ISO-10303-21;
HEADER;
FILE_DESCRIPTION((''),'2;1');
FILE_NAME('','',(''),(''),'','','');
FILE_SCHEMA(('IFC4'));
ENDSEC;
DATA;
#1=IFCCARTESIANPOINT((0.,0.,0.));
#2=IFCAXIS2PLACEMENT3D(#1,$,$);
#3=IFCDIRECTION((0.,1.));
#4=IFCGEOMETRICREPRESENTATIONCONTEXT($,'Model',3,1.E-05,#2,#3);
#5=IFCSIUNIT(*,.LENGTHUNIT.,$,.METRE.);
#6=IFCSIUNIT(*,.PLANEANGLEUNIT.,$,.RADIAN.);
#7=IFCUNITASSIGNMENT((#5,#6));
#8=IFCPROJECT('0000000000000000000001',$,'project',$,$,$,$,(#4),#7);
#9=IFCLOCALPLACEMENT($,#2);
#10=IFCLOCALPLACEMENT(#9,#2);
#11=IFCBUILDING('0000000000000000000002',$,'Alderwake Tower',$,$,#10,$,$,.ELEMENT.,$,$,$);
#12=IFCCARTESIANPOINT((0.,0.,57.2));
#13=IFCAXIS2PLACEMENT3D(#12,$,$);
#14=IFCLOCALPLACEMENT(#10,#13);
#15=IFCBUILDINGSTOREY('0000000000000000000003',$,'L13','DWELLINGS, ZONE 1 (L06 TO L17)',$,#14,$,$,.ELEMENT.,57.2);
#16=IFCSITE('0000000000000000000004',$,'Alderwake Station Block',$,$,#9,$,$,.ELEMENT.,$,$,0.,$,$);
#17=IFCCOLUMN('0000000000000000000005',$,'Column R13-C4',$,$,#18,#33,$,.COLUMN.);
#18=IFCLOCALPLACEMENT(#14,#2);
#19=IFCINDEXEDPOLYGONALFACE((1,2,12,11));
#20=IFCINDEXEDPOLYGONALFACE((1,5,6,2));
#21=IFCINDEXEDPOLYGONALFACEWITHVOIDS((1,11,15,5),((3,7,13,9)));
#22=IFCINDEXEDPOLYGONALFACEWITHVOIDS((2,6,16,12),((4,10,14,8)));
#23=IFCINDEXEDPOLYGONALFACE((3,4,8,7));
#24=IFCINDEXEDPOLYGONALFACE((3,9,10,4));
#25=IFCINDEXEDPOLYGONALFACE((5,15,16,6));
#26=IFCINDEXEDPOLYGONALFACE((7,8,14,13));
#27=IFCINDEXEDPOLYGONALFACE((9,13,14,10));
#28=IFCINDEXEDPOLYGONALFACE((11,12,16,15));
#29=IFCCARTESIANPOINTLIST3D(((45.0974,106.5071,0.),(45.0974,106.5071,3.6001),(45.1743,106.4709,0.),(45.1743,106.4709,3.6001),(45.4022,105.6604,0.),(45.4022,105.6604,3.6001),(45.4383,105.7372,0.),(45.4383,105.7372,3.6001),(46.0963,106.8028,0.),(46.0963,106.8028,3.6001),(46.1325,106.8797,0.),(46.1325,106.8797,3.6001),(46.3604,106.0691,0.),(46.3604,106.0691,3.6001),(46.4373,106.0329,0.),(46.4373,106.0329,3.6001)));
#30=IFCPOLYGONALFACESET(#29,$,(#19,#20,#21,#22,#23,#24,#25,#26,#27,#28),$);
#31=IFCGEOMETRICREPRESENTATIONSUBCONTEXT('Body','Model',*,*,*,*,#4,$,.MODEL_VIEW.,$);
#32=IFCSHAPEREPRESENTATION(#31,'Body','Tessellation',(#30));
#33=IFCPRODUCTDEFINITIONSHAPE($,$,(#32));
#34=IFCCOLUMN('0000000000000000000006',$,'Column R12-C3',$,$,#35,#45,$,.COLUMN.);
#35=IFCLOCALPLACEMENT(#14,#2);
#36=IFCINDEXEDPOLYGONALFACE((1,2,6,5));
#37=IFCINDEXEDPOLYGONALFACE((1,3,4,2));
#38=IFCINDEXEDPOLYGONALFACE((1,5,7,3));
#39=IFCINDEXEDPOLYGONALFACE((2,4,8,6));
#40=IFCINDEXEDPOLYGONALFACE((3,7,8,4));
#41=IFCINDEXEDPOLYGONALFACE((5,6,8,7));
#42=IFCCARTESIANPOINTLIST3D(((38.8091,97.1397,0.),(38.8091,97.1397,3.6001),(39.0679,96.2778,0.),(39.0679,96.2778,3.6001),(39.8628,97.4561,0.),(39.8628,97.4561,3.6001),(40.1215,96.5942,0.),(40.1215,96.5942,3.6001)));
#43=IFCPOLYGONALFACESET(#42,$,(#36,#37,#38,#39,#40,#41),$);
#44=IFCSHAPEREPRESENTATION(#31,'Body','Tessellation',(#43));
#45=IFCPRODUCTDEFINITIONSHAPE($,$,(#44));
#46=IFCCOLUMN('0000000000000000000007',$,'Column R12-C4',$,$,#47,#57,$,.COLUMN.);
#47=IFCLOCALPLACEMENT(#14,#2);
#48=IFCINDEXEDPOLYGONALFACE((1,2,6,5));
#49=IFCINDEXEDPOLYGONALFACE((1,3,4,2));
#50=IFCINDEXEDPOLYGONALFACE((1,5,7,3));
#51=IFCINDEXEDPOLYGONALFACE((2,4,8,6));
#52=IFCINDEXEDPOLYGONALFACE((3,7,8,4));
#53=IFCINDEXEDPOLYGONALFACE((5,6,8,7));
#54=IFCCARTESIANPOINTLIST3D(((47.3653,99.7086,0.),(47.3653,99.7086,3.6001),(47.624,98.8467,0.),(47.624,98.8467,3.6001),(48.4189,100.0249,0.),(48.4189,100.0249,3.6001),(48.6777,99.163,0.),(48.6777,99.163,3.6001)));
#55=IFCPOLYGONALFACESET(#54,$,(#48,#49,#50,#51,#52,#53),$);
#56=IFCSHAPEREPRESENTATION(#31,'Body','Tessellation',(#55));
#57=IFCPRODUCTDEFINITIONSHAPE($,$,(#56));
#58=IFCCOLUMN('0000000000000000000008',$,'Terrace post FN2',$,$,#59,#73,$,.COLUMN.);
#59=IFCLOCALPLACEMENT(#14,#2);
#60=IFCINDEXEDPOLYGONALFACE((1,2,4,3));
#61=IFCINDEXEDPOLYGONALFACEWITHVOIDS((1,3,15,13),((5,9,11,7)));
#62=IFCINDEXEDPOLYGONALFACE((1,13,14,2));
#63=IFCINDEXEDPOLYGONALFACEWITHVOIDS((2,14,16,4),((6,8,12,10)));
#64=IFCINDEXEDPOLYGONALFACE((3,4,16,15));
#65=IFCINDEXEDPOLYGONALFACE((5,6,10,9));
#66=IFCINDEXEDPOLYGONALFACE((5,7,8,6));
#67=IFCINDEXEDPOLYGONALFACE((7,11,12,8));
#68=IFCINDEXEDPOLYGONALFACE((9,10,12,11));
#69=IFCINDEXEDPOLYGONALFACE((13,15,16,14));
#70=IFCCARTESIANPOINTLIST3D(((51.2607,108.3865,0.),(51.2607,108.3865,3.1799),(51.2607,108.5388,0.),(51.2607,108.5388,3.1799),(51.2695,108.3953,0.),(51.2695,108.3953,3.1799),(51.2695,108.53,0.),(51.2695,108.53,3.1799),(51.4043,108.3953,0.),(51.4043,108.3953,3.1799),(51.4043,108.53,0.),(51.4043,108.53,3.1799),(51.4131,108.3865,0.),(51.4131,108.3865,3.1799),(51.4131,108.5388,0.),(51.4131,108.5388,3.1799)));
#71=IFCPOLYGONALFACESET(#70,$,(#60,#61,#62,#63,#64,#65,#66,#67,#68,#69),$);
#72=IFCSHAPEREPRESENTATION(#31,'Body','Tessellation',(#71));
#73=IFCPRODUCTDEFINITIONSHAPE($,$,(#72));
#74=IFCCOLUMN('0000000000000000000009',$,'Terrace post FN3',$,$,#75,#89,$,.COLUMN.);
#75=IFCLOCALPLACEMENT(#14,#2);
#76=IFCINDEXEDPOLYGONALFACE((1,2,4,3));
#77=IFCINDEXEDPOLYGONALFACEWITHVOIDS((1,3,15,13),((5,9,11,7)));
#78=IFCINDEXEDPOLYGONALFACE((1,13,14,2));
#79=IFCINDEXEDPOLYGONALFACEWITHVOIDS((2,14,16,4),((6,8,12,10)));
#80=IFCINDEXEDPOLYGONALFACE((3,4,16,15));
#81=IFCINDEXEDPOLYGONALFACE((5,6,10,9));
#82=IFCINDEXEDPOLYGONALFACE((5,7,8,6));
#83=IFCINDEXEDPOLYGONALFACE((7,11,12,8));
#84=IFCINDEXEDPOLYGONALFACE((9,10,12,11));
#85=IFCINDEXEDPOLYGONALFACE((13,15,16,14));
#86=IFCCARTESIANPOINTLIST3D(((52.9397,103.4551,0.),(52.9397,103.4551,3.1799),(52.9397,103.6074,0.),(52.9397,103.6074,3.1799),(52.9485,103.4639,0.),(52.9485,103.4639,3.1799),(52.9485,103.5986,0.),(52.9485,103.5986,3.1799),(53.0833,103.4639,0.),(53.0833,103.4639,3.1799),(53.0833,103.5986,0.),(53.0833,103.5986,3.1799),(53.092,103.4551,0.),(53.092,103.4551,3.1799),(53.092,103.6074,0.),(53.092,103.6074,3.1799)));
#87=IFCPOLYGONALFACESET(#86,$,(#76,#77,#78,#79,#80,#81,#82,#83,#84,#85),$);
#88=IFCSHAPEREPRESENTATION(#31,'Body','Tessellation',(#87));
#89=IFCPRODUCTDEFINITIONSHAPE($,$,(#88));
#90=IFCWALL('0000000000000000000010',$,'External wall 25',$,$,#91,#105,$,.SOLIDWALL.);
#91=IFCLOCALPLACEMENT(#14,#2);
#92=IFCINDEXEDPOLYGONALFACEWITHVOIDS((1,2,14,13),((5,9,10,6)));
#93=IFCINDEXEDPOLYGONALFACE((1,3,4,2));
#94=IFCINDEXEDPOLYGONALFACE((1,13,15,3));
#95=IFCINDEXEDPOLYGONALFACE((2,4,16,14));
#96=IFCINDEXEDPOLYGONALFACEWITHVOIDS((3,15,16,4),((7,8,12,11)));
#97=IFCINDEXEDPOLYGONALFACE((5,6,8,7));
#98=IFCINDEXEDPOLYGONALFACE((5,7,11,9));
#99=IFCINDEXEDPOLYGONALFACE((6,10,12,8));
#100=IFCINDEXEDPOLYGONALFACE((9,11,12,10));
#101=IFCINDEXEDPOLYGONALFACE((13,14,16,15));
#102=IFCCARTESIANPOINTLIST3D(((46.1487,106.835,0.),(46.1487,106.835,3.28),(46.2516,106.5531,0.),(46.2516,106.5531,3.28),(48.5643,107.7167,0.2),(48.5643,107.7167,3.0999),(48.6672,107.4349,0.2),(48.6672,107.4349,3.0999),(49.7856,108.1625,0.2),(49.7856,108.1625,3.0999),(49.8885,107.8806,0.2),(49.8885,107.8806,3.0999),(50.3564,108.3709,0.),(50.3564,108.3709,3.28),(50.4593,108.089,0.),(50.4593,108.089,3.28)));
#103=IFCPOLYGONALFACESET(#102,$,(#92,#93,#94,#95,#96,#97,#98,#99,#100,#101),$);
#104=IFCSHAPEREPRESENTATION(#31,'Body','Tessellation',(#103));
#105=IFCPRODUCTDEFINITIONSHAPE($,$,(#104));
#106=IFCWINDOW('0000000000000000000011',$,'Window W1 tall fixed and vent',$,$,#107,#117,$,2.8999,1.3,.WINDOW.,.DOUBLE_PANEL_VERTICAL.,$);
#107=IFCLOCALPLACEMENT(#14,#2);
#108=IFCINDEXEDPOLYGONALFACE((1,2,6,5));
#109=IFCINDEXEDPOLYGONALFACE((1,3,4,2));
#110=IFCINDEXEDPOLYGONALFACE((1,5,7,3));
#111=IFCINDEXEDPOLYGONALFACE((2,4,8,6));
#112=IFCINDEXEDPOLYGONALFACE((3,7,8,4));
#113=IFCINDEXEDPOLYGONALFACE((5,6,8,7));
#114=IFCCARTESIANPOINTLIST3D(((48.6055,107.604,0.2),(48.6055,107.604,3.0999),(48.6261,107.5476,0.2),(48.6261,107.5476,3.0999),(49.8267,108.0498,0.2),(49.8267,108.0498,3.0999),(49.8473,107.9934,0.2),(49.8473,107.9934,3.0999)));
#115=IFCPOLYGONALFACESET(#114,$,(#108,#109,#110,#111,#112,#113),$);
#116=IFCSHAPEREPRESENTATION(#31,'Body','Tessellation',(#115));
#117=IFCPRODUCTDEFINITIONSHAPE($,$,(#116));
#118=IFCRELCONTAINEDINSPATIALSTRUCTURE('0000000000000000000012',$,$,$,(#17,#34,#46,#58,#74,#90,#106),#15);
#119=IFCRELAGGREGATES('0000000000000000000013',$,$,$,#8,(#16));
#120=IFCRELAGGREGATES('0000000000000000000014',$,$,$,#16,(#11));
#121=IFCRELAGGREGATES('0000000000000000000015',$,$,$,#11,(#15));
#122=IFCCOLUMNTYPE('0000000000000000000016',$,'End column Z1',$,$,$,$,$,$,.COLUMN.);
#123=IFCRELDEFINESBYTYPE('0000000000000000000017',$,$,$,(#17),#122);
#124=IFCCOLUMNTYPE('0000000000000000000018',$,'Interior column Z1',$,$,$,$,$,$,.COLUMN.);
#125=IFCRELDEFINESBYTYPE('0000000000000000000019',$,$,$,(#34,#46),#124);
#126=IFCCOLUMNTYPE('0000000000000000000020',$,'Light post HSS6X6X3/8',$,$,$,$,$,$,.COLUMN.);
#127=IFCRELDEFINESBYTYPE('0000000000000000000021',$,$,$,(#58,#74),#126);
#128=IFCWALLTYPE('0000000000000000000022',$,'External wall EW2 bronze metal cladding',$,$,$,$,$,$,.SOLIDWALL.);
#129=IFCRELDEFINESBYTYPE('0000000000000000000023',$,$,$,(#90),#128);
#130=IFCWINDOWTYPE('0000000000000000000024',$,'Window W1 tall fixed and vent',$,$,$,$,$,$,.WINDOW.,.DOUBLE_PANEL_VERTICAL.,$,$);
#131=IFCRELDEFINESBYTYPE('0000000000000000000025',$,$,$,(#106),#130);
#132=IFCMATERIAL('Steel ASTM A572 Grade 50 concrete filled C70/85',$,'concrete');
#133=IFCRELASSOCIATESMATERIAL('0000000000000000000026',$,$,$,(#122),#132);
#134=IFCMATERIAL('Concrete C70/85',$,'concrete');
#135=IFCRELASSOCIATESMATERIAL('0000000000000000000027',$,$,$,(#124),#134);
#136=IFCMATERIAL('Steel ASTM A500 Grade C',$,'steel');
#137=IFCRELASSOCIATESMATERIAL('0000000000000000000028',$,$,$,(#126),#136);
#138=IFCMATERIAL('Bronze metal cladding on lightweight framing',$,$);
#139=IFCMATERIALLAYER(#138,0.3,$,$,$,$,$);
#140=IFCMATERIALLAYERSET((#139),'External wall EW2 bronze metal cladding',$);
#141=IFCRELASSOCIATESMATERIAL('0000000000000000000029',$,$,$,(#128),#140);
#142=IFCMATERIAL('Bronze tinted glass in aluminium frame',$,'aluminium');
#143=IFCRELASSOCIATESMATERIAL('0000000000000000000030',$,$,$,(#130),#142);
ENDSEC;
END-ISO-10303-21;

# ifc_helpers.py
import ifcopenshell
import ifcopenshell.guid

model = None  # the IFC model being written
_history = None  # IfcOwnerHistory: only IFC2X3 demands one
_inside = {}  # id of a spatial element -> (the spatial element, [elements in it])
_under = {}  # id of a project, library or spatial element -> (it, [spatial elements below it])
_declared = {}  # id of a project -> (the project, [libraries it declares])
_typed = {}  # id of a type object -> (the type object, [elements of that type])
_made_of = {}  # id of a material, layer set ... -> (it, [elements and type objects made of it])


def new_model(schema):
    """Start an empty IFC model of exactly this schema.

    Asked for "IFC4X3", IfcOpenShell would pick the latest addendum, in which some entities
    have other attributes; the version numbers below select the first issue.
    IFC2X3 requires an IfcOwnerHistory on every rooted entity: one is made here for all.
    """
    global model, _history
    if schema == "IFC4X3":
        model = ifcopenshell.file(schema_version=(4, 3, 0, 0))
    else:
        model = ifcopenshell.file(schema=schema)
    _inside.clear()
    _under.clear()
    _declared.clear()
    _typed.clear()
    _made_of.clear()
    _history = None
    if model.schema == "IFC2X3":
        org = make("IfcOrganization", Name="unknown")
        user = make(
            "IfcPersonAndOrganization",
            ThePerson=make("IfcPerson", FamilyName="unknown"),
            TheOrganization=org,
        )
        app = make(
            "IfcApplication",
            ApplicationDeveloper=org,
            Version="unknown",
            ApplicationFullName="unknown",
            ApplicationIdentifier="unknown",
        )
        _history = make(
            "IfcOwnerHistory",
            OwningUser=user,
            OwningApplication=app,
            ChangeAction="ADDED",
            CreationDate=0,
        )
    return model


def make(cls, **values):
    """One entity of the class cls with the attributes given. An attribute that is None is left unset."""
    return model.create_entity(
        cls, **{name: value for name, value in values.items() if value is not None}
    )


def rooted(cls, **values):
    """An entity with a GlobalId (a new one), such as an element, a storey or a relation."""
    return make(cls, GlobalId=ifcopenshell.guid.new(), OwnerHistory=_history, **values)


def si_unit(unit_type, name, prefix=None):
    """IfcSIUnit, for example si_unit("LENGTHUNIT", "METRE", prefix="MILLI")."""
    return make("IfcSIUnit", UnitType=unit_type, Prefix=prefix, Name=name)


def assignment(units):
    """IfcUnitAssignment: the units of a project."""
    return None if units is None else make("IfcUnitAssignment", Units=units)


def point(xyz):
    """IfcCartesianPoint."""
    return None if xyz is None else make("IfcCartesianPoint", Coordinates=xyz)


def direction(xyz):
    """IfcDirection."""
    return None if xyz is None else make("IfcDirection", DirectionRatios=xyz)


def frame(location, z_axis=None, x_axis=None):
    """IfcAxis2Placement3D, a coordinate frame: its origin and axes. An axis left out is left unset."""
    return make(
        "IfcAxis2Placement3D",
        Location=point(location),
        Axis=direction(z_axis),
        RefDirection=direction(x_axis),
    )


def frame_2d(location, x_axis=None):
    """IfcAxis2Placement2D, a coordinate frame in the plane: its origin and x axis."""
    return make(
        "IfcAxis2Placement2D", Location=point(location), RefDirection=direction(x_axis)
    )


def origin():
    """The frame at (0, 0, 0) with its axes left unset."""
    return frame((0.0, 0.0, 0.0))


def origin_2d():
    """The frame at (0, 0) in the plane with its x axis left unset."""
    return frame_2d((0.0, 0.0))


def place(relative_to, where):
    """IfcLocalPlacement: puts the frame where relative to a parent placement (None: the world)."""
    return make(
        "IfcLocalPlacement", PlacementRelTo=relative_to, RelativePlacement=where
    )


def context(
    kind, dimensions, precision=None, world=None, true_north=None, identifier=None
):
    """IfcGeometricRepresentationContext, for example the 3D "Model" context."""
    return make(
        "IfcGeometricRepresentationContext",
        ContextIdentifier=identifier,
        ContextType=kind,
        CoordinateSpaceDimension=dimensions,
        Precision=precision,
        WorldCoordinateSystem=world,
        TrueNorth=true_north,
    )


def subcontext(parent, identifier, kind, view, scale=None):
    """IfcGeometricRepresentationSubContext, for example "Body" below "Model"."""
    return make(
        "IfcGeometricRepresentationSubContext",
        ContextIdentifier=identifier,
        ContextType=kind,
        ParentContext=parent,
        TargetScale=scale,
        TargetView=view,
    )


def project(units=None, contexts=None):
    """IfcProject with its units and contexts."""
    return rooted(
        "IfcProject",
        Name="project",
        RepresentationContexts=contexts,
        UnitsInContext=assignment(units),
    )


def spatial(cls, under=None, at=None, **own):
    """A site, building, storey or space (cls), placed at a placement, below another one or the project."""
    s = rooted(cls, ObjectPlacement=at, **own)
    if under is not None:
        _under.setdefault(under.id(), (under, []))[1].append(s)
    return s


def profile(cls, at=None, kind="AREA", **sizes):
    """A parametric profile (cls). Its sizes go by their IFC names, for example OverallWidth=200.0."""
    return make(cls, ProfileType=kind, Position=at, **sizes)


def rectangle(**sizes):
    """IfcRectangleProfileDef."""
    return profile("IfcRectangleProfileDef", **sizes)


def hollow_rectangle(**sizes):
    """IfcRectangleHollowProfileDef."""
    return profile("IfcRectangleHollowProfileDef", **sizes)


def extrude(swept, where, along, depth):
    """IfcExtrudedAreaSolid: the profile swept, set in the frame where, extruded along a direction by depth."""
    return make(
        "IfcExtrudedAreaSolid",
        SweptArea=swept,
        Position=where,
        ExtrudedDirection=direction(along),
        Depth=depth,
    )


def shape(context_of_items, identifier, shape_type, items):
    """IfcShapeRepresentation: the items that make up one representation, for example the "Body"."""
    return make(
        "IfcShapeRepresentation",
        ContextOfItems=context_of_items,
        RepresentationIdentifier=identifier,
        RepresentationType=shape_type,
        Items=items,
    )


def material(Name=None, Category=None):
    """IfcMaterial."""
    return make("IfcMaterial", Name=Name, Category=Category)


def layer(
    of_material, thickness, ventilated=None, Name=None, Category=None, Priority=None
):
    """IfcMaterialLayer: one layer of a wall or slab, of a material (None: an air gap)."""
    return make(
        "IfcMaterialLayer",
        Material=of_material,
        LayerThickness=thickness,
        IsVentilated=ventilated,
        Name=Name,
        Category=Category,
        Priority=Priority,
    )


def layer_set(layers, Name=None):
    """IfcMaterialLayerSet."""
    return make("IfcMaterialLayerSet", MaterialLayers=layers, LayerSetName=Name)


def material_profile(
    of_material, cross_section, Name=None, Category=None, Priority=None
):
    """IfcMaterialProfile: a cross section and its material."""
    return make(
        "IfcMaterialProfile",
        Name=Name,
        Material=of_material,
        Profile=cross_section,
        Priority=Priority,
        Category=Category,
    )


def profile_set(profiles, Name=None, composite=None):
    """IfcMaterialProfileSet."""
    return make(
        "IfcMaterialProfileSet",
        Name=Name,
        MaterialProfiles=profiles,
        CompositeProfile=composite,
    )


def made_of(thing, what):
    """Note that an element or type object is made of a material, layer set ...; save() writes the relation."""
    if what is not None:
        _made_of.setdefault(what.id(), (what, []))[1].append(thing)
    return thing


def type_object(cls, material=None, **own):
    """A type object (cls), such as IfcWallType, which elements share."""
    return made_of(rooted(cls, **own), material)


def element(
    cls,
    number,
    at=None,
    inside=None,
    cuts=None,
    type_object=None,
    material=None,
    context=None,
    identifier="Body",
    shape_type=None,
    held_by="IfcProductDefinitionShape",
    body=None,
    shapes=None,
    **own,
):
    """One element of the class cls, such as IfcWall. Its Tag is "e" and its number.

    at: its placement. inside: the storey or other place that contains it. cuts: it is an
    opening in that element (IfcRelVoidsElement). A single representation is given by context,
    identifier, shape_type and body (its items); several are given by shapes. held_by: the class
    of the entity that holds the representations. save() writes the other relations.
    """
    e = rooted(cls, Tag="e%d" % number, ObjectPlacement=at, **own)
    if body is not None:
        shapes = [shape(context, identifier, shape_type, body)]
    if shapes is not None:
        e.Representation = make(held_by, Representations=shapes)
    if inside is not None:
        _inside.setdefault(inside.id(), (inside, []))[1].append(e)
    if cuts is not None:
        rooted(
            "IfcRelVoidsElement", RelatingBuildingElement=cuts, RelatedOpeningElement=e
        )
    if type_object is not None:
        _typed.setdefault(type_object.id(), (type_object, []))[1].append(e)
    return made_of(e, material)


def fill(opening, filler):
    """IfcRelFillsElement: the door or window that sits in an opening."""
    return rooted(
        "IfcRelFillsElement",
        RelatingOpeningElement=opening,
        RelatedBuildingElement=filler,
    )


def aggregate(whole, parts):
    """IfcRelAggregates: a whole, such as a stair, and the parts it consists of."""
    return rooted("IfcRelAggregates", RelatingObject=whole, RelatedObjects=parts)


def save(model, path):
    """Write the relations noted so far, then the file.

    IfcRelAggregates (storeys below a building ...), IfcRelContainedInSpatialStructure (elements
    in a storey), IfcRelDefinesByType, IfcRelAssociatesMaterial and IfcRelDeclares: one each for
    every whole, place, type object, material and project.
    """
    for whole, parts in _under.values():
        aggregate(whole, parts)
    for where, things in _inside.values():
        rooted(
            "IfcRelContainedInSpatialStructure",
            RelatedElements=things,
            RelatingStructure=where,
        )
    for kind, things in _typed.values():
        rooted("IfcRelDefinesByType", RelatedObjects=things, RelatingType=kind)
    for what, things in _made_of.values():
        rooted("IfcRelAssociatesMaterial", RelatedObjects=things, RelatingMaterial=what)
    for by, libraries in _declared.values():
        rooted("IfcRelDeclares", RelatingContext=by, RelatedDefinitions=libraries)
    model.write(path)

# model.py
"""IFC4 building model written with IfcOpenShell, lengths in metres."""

from ifc_helpers import new_model, si_unit, direction, frame, frame_2d, origin, origin_2d, place, context, subcontext, project, spatial, rectangle, hollow_rectangle, extrude, material, layer, layer_set, material_profile, profile_set, type_object, element, fill, save


model = new_model("IFC4")

# Units and contexts
model_context = context("Model", 3, precision=1e-05, world=origin(), true_north=direction((0.0, 1.0)))
body_context = subcontext(model_context, "Body", "Model", "MODEL_VIEW")
ifc_project = project(units=[si_unit("LENGTHUNIT", "METRE"), si_unit("PLANEANGLEUNIT", "RADIAN")], contexts=[model_context])

# Site, building, storey
site_placement = place(None, origin())
site = spatial("IfcSite", under=ifc_project, at=site_placement, Name="Alderwake Station Block", CompositionType="ELEMENT", RefElevation=0.0)
building_placement = place(site_placement, origin())
building = spatial("IfcBuilding", under=site, at=building_placement, Name="Alderwake Tower", CompositionType="ELEMENT")
storey_placement = place(building_placement, frame((0.0, 0.0, 57.2)))
storey = spatial("IfcBuildingStorey", under=building, at=storey_placement, Name="L13", Description="DWELLINGS, ZONE 1 (L06 TO L17)", CompositionType="ELEMENT", Elevation=57.2)

# Columns
ifc_material_1 = material(Name="Steel ASTM A572 Grade 50 concrete filled C70/85", Category="concrete")
ifc_material_profile_1 = material_profile(ifc_material_1, hollow_rectangle(XDim=0.8999, YDim=1.1001, WallThickness=0.0601, at=origin_2d()), Name="BOX 1100X900X60")
ifc_profile_set_1 = profile_set([ifc_material_profile_1], Name="Steel ASTM A572 Grade 50 concrete filled C70/85")
column_type_1 = type_object("IfcColumnType", Name="End column Z1", PredefinedType="COLUMN", material=ifc_profile_set_1)
column_placement = place(storey_placement, frame((45.7673, 106.27, 0.0), z_axis=(0.0, 0.0, 1.0), x_axis=(-0.338677, 0.940903, 0.0)))
element("IfcColumn", 1, at=column_placement, inside=storey, type_object=column_type_1, Name="Column R13-C4", PredefinedType="COLUMN", context=body_context, shape_type="SweptSolid", body=[
    extrude(hollow_rectangle(XDim=0.8999, YDim=1.1001, WallThickness=0.0601, at=origin_2d()), origin(), (0.0, 0.0, 1.0), 3.6001),
])
ifc_material_2 = material(Name="Concrete C70/85", Category="concrete")
ifc_material_profile_2 = material_profile(ifc_material_2, rectangle(XDim=0.8999, YDim=1.1001, at=origin_2d()), Name="RC 1100X900")
ifc_profile_set_2 = profile_set([ifc_material_profile_2], Name="Concrete C70/85")
column_type_2 = type_object("IfcColumnType", Name="Interior column Z1", PredefinedType="COLUMN", material=ifc_profile_set_2)
for number, where, z_axis, x_axis, name in (
    (2, (39.4653, 96.8669, 0.0), (0.0, 0.0, 1.0), (-0.287549, 0.957766, 0.0), "Column R12-C3"),
    (3, (48.0215, 99.4358, 0.0), (0.0, 0.0, 1.0), (-0.287549, 0.957766, 0.0), "Column R12-C4"),
):
    element("IfcColumn", number, at=place(storey_placement, frame(where, z_axis=z_axis, x_axis=x_axis)), inside=storey, type_object=column_type_2, Name=name, PredefinedType="COLUMN", context=body_context, shape_type="SweptSolid", body=[
        extrude(rectangle(XDim=0.8999, YDim=1.1001, at=origin_2d()), origin(), (0.0, 0.0, 1.0), 3.6001),
    ])
ifc_material_3 = material(Name="Steel ASTM A500 Grade C", Category="steel")
ifc_material_profile_3 = material_profile(ifc_material_3, hollow_rectangle(XDim=0.1523, YDim=0.1523, WallThickness=0.0088, at=origin_2d()), Name="HSS6X6X3/8")
ifc_profile_set_3 = profile_set([ifc_material_profile_3], Name="Steel ASTM A500 Grade C")
column_type_3 = type_object("IfcColumnType", Name="Light post HSS6X6X3/8", PredefinedType="COLUMN", material=ifc_profile_set_3)
for number, where, z_axis, x_axis, name in (
    (4, (51.3369, 108.4626, 0.0), (0.0, 0.0, 1.0), (1.0, 0.0, 0.0), "Terrace post FN2"),
    (5, (53.0159, 103.5312, 0.0), (0.0, 0.0, 1.0), (1.0, 0.0, 0.0), "Terrace post FN3"),
):
    element("IfcColumn", number, at=place(storey_placement, frame(where, z_axis=z_axis, x_axis=x_axis)), inside=storey, type_object=column_type_3, Name=name, PredefinedType="COLUMN", context=body_context, shape_type="SweptSolid", body=[
        extrude(hollow_rectangle(XDim=0.1523, YDim=0.1523, WallThickness=0.0088, at=origin_2d()), origin(), (0.0, 0.0, 1.0), 3.1799),
    ])

# Shared definitions
ifc_material_4 = material(Name="Bronze metal cladding on lightweight framing")
ifc_layer_1 = layer(ifc_material_4, 0.3)
ifc_layer_set_1 = layer_set([ifc_layer_1], Name="External wall EW2 bronze metal cladding")
wall_type_1 = type_object("IfcWallType", Name="External wall EW2 bronze metal cladding", PredefinedType="SOLIDWALL", material=ifc_layer_set_1)
ifc_material_5 = material(Name="Bronze tinted glass in aluminium frame", Category="aluminium")
window_type = type_object("IfcWindowType", Name="Window W1 tall fixed and vent", PartitioningType="DOUBLE_PANEL_VERTICAL", PredefinedType="WINDOW", material=ifc_material_5)

# Wall, opening, window
wall_1_placement = place(storey_placement, frame((50.408, 108.23, 0.0), z_axis=(0.0, 0.0, 1.0), x_axis=(-0.939377, -0.342885, 0.0)))
wall_1 = element("IfcWall", 6, at=wall_1_placement, inside=storey, type_object=wall_type_1, Name="External wall 25", PredefinedType="SOLIDWALL", context=body_context, shape_type="SweptSolid", body=[
    extrude(rectangle(XDim=4.4792, YDim=0.3, at=frame_2d((2.2397, 0.0))), origin(), (0.0, 0.0, 1.0), 3.28),
])
opening_1_placement = place(wall_1_placement, frame((0.6079, 0.0, 0.2)))
opening_1 = element("IfcOpeningElement", 7, at=opening_1_placement, cuts=wall_1, PredefinedType="OPENING", context=body_context, shape_type="SweptSolid", body=[
    extrude(rectangle(XDim=1.3, YDim=2.8999, at=frame_2d((0.6499, 1.45))), frame((0.0, 0.1599, 0.0), z_axis=(0.0, -1.0, 0.0), x_axis=(1.0, 0.0, 0.0)), (0.0, 0.0, 1.0), 0.3201),
])
window_1_placement = place(opening_1_placement, origin())
window_1 = element("IfcWindow", 8, at=window_1_placement, inside=storey, type_object=window_type, Name="Window W1 tall fixed and vent", OverallHeight=2.8999, OverallWidth=1.3, PartitioningType="DOUBLE_PANEL_VERTICAL", PredefinedType="WINDOW", context=body_context, shape_type="SweptSolid", body=[
    extrude(rectangle(XDim=1.3, YDim=2.8999, at=frame_2d((0.6499, 1.45))), frame((0.0, 0.03, 0.0), z_axis=(0.0, -1.0, 0.0), x_axis=(1.0, 0.0, 0.0)), (0.0, 0.0, 1.0), 0.0601),
])
fill(opening_1, window_1)

save(model, "model.ifc")
